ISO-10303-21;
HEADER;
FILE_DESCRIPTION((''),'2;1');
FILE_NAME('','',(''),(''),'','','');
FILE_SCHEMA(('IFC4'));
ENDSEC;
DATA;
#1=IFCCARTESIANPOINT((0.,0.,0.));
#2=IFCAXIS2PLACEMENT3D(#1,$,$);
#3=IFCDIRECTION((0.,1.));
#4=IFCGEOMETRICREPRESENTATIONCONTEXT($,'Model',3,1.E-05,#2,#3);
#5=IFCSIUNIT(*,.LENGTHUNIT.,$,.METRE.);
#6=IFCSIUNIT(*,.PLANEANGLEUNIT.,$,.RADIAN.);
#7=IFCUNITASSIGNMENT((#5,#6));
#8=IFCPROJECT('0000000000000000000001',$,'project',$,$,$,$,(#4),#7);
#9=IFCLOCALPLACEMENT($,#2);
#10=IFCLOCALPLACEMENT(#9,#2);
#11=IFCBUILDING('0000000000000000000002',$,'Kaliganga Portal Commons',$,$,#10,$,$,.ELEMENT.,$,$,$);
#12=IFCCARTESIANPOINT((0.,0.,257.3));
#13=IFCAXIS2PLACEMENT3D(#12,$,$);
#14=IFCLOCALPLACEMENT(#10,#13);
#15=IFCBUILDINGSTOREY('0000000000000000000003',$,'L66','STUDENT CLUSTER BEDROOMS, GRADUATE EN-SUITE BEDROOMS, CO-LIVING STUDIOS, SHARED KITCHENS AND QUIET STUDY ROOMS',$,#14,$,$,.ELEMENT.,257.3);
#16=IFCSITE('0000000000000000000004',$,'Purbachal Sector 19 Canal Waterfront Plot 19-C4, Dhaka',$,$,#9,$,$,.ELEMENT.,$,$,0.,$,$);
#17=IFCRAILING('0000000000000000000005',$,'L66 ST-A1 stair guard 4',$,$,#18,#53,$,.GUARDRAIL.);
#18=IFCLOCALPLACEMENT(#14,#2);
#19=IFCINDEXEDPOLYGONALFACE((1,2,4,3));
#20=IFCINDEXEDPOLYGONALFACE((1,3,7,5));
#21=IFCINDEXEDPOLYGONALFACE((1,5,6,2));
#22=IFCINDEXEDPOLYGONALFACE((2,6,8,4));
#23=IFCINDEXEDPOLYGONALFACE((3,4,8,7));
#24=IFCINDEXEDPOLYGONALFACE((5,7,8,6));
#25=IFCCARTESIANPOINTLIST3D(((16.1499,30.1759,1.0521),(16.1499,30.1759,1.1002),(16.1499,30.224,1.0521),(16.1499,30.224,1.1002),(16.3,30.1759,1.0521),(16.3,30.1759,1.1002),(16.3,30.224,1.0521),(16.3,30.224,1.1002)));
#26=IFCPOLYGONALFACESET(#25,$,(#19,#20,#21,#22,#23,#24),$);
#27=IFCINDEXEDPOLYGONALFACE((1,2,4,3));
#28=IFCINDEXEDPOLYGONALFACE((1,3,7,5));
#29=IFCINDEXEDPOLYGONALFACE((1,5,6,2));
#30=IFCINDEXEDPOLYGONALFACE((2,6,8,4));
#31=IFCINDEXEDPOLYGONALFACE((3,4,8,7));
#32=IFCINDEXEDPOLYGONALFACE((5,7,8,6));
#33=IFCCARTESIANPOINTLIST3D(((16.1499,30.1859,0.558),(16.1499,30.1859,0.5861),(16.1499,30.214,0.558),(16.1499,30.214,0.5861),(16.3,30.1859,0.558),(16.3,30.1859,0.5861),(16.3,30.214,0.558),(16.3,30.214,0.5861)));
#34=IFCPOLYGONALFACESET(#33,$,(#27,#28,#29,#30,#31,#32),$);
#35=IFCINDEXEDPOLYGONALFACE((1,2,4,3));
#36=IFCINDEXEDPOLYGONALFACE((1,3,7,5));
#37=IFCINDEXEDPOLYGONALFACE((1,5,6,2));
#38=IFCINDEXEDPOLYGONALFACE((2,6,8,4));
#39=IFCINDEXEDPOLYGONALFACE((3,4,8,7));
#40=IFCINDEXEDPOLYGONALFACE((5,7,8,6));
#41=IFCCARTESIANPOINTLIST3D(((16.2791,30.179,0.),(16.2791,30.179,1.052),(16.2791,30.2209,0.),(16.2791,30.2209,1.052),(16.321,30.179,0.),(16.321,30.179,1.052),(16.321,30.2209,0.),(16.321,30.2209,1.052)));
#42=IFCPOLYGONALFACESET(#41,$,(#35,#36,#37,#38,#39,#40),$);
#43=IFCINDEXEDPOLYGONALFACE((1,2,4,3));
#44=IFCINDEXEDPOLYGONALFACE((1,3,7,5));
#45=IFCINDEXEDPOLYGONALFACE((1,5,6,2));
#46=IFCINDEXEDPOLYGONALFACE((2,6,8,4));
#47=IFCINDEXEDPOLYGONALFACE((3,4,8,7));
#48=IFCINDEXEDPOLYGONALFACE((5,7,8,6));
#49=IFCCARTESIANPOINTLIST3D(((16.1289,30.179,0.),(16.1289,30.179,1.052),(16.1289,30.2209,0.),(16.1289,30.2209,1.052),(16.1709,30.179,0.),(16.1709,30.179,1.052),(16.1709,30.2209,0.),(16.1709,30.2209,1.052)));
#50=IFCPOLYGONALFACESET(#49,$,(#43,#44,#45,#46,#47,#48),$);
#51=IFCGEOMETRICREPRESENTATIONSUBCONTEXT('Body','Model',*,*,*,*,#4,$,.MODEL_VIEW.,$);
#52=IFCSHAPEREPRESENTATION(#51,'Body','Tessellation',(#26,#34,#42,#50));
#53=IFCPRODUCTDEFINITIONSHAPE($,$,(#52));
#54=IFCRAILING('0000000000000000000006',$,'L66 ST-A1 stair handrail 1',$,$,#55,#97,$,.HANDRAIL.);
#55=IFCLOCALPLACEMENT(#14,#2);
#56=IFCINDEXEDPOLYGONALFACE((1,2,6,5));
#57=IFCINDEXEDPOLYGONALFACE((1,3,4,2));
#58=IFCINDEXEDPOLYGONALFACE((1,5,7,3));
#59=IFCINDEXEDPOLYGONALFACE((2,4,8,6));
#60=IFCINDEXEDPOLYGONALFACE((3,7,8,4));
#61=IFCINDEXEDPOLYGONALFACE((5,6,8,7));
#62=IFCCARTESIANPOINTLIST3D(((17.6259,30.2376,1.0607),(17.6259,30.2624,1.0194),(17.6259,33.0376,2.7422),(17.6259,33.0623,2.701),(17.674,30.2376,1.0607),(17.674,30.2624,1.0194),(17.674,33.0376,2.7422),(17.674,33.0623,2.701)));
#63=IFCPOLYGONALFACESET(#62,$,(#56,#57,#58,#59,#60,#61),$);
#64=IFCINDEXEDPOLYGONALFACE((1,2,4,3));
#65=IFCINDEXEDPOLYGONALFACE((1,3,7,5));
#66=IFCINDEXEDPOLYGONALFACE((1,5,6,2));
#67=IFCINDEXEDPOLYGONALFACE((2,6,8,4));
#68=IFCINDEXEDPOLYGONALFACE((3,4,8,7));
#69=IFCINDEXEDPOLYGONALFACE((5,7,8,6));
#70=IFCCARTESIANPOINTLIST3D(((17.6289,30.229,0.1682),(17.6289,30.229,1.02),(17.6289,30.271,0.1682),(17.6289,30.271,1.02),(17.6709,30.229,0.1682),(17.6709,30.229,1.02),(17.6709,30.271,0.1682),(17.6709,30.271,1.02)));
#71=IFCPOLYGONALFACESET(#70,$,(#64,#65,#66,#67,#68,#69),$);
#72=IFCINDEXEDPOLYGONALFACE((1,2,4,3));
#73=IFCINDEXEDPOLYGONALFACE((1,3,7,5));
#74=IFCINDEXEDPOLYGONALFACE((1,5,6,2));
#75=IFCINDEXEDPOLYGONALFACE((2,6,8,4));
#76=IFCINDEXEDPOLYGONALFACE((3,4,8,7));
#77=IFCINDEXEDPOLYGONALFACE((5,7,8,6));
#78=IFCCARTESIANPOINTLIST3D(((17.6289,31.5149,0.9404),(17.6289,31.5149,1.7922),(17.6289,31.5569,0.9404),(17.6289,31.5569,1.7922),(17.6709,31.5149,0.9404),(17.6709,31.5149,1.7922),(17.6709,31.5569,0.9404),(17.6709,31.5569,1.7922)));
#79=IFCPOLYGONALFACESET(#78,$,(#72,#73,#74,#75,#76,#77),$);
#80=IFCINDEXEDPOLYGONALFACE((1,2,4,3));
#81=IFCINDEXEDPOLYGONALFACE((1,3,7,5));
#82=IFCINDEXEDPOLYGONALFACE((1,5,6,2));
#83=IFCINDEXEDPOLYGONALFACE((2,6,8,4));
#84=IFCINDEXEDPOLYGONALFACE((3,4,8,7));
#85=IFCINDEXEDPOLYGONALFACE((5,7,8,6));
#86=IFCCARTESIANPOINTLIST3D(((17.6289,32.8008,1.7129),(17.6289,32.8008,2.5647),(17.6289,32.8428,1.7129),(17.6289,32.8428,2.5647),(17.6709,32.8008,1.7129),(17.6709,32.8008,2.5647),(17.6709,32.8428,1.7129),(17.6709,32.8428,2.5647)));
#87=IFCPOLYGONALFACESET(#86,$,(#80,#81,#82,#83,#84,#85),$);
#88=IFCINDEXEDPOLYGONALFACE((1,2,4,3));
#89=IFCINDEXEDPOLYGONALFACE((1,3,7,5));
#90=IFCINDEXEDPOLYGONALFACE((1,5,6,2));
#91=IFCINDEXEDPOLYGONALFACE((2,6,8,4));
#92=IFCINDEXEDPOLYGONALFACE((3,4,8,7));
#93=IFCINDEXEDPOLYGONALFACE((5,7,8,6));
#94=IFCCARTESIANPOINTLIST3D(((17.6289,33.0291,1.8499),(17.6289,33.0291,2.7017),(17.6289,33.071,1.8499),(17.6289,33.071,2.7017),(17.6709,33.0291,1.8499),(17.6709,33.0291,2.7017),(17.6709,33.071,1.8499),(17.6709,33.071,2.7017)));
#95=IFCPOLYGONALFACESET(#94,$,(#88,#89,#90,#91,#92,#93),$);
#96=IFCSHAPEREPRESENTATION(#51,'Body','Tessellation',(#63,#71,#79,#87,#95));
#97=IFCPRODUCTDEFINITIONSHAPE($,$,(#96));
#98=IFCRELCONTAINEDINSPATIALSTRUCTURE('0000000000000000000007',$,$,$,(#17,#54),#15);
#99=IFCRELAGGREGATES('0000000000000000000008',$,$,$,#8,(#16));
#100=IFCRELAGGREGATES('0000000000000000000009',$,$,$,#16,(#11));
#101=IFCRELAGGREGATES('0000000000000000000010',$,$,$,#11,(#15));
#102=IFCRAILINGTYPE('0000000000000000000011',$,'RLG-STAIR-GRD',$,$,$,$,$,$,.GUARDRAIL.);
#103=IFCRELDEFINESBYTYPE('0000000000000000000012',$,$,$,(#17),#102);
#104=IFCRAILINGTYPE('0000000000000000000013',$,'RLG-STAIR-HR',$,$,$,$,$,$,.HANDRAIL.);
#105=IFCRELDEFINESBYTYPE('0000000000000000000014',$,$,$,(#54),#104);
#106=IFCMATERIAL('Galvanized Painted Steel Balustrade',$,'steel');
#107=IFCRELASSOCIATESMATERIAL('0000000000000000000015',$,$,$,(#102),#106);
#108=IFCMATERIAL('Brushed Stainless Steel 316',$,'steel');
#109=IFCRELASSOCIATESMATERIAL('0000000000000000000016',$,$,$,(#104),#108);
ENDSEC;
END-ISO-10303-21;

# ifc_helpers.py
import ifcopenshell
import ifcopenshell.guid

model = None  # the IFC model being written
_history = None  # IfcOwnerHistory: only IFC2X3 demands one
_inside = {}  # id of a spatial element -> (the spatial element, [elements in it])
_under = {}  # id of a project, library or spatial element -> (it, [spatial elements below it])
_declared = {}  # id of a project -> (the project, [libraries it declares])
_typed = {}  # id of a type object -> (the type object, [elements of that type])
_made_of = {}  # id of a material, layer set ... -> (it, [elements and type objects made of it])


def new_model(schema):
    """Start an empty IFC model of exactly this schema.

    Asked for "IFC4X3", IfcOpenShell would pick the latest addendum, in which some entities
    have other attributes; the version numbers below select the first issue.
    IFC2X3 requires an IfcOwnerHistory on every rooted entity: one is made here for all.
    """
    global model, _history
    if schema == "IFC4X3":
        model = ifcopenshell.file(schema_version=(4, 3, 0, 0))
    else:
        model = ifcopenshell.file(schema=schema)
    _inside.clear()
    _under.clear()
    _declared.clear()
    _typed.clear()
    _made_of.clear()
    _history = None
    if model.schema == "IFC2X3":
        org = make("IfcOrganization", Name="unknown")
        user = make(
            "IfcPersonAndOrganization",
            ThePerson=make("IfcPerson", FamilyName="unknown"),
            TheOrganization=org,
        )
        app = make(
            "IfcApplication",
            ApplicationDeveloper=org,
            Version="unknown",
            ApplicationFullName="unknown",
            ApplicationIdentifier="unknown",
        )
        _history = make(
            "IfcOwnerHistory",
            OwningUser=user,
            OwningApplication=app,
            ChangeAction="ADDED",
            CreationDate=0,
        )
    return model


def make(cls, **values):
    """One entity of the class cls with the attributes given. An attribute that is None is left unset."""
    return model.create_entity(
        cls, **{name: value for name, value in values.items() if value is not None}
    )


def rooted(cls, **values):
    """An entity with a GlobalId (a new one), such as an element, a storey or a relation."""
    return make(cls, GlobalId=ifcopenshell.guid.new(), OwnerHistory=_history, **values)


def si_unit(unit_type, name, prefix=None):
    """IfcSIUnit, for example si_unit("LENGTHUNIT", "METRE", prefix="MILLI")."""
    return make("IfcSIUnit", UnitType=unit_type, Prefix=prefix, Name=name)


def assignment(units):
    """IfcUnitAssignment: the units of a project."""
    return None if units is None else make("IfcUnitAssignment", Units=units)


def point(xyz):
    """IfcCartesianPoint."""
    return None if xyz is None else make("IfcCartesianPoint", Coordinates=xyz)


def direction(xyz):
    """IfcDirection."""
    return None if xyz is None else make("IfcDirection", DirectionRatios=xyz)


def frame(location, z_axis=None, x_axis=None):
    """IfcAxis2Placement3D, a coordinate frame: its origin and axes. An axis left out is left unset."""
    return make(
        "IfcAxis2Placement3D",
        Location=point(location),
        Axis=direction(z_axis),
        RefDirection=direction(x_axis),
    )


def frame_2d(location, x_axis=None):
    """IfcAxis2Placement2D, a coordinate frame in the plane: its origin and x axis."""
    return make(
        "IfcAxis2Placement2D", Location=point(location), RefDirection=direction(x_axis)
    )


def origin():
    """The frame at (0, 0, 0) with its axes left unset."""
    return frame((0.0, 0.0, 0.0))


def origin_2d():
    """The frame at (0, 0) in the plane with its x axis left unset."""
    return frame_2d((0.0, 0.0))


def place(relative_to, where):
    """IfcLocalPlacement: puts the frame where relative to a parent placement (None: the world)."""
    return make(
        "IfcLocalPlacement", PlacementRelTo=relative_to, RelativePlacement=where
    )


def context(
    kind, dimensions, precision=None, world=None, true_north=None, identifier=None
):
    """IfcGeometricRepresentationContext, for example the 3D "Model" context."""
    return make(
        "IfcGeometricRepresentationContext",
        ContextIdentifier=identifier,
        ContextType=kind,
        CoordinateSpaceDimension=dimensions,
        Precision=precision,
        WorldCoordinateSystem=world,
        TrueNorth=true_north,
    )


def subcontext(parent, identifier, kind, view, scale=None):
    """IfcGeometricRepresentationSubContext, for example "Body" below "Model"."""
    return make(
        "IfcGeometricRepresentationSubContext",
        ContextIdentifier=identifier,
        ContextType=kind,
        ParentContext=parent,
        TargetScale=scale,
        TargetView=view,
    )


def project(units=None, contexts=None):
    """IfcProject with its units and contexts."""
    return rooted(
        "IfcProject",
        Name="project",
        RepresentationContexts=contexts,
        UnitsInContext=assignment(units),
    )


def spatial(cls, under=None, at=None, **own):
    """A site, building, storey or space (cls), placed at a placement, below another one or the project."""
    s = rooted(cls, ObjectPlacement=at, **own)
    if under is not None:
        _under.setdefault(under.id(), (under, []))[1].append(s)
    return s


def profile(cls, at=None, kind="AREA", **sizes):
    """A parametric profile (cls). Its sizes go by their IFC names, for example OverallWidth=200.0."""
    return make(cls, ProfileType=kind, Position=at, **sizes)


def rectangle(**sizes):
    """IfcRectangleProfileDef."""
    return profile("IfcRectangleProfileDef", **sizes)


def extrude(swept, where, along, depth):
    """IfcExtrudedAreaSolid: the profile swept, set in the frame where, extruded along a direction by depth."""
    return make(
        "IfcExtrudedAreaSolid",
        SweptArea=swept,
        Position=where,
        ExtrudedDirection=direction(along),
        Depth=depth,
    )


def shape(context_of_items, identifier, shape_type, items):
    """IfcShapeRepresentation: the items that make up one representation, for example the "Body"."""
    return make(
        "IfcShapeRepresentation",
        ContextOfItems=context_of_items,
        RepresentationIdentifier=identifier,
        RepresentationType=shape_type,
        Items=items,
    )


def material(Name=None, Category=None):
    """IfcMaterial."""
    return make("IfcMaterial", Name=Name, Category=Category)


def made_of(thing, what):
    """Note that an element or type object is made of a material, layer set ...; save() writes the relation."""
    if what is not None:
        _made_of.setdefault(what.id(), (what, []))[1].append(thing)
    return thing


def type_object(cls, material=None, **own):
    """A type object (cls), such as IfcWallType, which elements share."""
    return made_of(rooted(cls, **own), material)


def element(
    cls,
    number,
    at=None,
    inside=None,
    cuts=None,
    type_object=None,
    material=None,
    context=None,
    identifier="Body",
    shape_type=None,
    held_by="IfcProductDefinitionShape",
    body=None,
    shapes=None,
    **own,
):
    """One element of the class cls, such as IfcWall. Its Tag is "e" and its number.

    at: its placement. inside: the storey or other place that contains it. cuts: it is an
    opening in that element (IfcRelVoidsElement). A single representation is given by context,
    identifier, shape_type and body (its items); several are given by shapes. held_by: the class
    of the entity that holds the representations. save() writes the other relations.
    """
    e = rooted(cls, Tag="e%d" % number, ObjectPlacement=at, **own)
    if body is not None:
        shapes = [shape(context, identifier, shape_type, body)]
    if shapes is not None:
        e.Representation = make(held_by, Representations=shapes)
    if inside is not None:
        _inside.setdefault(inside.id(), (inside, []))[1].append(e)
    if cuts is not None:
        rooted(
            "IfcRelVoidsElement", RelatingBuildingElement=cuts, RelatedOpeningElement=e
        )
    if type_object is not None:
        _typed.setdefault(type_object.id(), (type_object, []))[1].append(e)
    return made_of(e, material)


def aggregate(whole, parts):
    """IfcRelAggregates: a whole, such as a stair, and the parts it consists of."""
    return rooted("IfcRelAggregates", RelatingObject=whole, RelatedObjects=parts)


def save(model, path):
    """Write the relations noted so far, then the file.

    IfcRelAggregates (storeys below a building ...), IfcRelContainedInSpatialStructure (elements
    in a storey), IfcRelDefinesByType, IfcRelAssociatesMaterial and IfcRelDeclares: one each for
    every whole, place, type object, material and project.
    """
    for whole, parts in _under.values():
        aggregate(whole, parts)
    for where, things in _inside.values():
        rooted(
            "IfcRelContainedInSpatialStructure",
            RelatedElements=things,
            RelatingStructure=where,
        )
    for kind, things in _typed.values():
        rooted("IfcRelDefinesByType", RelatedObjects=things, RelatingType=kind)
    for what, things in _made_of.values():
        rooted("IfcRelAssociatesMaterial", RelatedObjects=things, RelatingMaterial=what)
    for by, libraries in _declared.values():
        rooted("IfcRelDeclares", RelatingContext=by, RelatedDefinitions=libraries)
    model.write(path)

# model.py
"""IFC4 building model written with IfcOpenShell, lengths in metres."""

from ifc_helpers import new_model, si_unit, direction, frame, origin, origin_2d, place, context, subcontext, project, spatial, rectangle, extrude, material, type_object, element, save


model = new_model("IFC4")

# Units and contexts
model_context = context("Model", 3, precision=1e-05, world=origin(), true_north=direction((0.0, 1.0)))
body_context = subcontext(model_context, "Body", "Model", "MODEL_VIEW")
ifc_project = project(units=[si_unit("LENGTHUNIT", "METRE"), si_unit("PLANEANGLEUNIT", "RADIAN")], contexts=[model_context])

# Site, building, storey
site_placement = place(None, origin())
site = spatial("IfcSite", under=ifc_project, at=site_placement, Name="Purbachal Sector 19 Canal Waterfront Plot 19-C4, Dhaka", CompositionType="ELEMENT", RefElevation=0.0)
building_placement = place(site_placement, origin())
building = spatial("IfcBuilding", under=site, at=building_placement, Name="Kaliganga Portal Commons", CompositionType="ELEMENT")
storey_placement = place(building_placement, frame((0.0, 0.0, 257.3)))
storey = spatial("IfcBuildingStorey", under=building, at=storey_placement, Name="L66", Description="STUDENT CLUSTER BEDROOMS, GRADUATE EN-SUITE BEDROOMS, CO-LIVING STUDIOS, SHARED KITCHENS AND QUIET STUDY ROOMS", CompositionType="ELEMENT", Elevation=257.3)

# Railings
ifc_material_1 = material(Name="Galvanized Painted Steel Balustrade", Category="steel")
railing_type_1 = type_object("IfcRailingType", Name="RLG-STAIR-GRD", PredefinedType="GUARDRAIL", material=ifc_material_1)
railing_1_placement = place(storey_placement, frame((16.3, 30.2, 0.0)))
element("IfcRailing", 1, at=railing_1_placement, inside=storey, type_object=railing_type_1, Name="L66 ST-A1 stair guard 4", PredefinedType="GUARDRAIL", context=body_context, shape_type="SweptSolid", body=[
    extrude(rectangle(XDim=0.0481, YDim=0.0481, at=origin_2d()), frame((0.0, 0.0, 1.0762), z_axis=(-1.0, 0.0, 0.0), x_axis=(0.0, -1.0, 0.0)), (0.0, 0.0, 1.0), 0.1501),
    extrude(rectangle(XDim=0.0281, YDim=0.0281, at=origin_2d()), frame((0.0, 0.0, 0.572), z_axis=(-1.0, 0.0, 0.0), x_axis=(0.0, -1.0, 0.0)), (0.0, 0.0, 1.0), 0.1501),
    extrude(rectangle(XDim=0.042, YDim=0.042, at=origin_2d()), origin(), (0.0, 0.0, 1.0), 1.052),
    extrude(rectangle(XDim=0.042, YDim=0.042, at=origin_2d()), frame((-0.1501, 0.0, 0.0)), (0.0, 0.0, 1.0), 1.052),
])
ifc_material_2 = material(Name="Brushed Stainless Steel 316", Category="steel")
railing_type_2 = type_object("IfcRailingType", Name="RLG-STAIR-HR", PredefinedType="HANDRAIL", material=ifc_material_2)
railing_2_placement = place(storey_placement, frame((17.6499, 30.25, 0.1682)))
element("IfcRailing", 2, at=railing_2_placement, inside=storey, type_object=railing_type_2, Name="L66 ST-A1 stair handrail 1", PredefinedType="HANDRAIL", context=body_context, shape_type="SweptSolid", body=[
    extrude(rectangle(XDim=0.0481, YDim=0.0481, at=origin_2d()), frame((0.0, 0.0, 0.8718), z_axis=(0.0, 0.857275, 0.514858), x_axis=(-1.0, 0.0, 0.0)), (0.0, 0.0, 1.0), 3.2661),
    extrude(rectangle(XDim=0.042, YDim=0.042, at=origin_2d()), origin(), (0.0, 0.0, 1.0), 0.8518),
    extrude(rectangle(XDim=0.042, YDim=0.042, at=origin_2d()), frame((0.0, 1.2859, 0.7722)), (0.0, 0.0, 1.0), 0.8518),
    extrude(rectangle(XDim=0.042, YDim=0.042, at=origin_2d()), frame((0.0, 2.5718, 1.5447)), (0.0, 0.0, 1.0), 0.8518),
    extrude(rectangle(XDim=0.042, YDim=0.042, at=origin_2d()), frame((0.0, 2.8, 1.6816)), (0.0, 0.0, 1.0), 0.8518),
])

save(model, "model.ifc")
